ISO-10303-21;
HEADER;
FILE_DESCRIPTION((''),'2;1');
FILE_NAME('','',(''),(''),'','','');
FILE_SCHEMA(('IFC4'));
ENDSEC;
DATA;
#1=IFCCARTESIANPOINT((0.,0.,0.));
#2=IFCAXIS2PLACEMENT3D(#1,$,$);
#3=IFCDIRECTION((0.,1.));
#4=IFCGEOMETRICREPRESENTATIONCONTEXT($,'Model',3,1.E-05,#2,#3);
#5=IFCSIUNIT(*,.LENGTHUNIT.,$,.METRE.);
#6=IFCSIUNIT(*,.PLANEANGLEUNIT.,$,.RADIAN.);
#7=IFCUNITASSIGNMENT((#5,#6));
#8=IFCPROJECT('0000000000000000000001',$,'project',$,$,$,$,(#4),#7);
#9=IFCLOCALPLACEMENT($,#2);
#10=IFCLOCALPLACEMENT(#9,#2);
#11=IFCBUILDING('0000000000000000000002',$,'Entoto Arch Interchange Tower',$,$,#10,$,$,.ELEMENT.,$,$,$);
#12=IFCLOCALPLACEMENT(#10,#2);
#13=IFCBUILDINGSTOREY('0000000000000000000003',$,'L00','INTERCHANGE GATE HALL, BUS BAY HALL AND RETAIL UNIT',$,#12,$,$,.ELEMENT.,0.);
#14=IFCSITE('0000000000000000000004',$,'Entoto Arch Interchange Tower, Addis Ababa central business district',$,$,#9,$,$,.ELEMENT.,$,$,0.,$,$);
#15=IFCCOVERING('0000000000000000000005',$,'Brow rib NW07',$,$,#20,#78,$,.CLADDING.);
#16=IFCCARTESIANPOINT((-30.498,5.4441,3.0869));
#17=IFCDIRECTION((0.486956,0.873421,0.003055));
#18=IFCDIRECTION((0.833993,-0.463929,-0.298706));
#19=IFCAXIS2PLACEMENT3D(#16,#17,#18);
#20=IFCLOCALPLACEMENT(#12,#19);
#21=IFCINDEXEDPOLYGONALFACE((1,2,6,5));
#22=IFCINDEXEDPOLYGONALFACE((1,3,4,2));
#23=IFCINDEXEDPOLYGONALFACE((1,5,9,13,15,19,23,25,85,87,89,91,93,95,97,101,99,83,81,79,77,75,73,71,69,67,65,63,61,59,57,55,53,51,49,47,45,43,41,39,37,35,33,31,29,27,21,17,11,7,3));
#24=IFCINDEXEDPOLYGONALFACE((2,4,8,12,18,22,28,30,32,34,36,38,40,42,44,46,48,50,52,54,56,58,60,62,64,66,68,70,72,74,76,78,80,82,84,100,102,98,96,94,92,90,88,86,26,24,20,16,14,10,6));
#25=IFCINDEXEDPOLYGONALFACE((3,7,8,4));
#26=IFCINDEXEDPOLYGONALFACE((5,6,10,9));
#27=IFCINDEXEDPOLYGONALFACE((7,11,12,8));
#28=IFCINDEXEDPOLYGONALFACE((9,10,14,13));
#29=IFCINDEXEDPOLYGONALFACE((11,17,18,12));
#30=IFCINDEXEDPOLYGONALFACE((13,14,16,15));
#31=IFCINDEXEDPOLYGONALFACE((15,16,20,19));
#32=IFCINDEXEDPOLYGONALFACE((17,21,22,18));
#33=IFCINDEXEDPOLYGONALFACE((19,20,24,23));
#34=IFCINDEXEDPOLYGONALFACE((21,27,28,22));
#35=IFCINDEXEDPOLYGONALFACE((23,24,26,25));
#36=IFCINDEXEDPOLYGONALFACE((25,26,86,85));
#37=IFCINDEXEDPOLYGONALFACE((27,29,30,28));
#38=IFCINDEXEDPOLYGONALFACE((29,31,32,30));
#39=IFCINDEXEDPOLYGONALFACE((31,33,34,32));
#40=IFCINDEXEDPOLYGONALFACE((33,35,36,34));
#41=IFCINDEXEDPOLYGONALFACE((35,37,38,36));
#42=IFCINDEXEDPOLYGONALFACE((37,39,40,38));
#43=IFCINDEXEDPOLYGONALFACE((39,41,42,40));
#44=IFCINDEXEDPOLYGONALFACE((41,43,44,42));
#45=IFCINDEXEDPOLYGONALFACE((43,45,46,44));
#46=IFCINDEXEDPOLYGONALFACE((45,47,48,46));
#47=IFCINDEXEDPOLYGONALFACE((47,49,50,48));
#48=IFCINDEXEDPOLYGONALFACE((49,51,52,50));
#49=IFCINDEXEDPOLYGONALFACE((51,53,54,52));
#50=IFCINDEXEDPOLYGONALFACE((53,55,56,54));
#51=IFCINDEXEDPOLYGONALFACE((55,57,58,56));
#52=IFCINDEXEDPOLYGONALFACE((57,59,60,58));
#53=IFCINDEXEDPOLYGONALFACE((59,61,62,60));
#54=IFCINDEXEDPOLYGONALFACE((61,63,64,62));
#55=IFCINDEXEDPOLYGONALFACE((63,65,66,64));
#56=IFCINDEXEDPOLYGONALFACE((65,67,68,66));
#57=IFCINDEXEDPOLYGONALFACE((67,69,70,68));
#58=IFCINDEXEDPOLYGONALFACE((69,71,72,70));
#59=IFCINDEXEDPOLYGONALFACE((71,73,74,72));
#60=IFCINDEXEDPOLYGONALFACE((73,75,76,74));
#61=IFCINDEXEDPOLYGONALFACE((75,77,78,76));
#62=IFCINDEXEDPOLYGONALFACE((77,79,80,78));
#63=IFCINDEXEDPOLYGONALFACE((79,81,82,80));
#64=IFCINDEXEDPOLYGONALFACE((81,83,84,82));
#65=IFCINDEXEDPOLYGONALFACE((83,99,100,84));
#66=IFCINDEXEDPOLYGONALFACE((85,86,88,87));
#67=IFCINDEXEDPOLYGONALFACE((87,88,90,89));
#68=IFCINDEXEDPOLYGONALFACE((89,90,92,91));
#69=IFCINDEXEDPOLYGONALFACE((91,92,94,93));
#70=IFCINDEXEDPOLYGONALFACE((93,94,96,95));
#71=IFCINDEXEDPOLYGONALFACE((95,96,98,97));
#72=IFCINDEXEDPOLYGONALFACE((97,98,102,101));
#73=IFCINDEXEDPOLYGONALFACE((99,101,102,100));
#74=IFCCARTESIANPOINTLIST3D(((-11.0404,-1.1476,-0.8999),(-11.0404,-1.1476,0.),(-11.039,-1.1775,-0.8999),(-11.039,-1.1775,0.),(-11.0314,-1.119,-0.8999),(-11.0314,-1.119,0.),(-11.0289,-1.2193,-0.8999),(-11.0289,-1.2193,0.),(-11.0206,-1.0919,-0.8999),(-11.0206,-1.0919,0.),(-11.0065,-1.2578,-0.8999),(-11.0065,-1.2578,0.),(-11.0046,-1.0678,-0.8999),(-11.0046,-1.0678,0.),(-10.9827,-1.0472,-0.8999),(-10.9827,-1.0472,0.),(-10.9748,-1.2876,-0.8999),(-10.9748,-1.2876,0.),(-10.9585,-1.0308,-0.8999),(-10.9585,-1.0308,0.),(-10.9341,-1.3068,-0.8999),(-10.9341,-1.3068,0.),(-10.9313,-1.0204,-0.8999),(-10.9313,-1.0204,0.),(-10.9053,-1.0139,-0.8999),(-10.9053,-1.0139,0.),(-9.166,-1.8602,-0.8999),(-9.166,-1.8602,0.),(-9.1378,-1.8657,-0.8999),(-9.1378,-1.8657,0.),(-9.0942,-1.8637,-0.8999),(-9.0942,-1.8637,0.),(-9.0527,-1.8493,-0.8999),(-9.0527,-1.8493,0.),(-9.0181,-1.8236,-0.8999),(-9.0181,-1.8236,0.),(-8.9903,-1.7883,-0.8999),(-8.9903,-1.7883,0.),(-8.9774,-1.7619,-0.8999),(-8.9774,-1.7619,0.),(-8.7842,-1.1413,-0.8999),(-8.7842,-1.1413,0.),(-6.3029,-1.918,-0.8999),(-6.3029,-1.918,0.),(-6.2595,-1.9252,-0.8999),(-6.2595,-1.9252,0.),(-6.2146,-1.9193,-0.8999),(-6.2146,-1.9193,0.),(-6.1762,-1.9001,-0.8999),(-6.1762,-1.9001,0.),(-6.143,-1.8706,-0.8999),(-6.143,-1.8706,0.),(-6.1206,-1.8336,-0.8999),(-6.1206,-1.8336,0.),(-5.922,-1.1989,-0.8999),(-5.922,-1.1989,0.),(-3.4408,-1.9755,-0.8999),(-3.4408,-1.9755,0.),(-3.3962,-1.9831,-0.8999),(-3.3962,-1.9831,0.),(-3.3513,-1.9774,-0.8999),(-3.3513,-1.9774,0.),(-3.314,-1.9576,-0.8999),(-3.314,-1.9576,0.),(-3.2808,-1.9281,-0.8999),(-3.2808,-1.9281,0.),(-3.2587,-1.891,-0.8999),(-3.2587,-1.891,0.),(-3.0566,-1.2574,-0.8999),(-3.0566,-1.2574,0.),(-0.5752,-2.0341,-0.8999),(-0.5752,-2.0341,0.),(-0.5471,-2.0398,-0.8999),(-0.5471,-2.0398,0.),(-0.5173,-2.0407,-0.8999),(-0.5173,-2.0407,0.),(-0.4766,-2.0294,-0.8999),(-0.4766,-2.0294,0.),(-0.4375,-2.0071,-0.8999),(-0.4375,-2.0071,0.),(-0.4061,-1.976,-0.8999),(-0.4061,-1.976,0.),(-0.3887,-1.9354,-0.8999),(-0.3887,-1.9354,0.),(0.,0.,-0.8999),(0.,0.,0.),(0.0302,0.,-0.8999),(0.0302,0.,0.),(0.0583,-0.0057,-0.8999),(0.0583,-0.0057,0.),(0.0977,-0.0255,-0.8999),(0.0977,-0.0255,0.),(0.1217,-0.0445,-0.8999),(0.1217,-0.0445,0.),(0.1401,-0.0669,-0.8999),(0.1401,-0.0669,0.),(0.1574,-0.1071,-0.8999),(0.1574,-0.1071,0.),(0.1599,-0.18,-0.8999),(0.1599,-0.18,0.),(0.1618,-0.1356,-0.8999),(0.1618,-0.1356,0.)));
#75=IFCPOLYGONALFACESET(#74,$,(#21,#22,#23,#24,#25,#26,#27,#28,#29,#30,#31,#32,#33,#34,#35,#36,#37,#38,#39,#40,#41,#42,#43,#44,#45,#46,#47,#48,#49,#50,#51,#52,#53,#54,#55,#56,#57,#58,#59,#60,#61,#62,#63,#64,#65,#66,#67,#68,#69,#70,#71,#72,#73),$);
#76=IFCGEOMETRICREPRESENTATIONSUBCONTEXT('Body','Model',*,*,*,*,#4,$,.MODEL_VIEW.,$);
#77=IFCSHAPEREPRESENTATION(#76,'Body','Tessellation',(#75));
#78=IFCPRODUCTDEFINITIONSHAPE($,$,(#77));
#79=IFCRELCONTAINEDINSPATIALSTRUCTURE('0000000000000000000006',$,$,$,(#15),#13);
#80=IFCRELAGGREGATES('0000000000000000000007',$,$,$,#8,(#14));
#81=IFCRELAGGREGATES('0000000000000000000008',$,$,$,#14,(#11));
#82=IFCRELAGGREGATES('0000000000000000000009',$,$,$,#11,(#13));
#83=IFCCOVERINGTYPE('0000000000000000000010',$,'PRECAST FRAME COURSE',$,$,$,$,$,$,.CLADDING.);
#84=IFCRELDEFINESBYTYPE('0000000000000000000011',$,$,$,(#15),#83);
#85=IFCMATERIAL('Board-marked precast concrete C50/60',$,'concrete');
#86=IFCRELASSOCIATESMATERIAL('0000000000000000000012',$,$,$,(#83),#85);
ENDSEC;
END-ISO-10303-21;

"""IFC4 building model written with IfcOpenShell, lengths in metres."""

from ifc_helpers import new_model, si_unit, direction, frame, origin, place, context, subcontext, project, spatial, polyline, outline, extrude, material, type_object, element, save


model = new_model("IFC4")

# Units and contexts
model_context = context("Model", 3, precision=1e-05, world=origin(), true_north=direction((0.0, 1.0)))
body_context = subcontext(model_context, "Body", "Model", "MODEL_VIEW")
ifc_project = project(units=[si_unit("LENGTHUNIT", "METRE"), si_unit("PLANEANGLEUNIT", "RADIAN")], contexts=[model_context])

# Site, building, storey
site_placement = place(None, origin())
site = spatial("IfcSite", under=ifc_project, at=site_placement, Name="Entoto Arch Interchange Tower, Addis Ababa central business district", CompositionType="ELEMENT", RefElevation=0.0)
building_placement = place(site_placement, origin())
building = spatial("IfcBuilding", under=site, at=building_placement, Name="Entoto Arch Interchange Tower", CompositionType="ELEMENT")
storey_placement = place(building_placement, origin())
storey = spatial("IfcBuildingStorey", under=building, at=storey_placement, Name="L00", Description="INTERCHANGE GATE HALL, BUS BAY HALL AND RETAIL UNIT", CompositionType="ELEMENT", Elevation=0.0)

# Covering
ifc_material_1 = material(Name="Board-marked precast concrete C50/60", Category="concrete")
covering_type_1 = type_object("IfcCoveringType", Name="PRECAST FRAME COURSE", PredefinedType="CLADDING", material=ifc_material_1)
covering_1_placement = place(storey_placement, frame((-30.498, 5.4441, 3.0869), z_axis=(0.486956, 0.873421, 0.003055), x_axis=(0.833993, -0.463929, -0.298706)))
element("IfcCovering", 1, at=covering_1_placement, inside=storey, type_object=covering_type_1, Name="Brow rib NW07", PredefinedType="CLADDING", context=body_context, shape_type="SweptSolid", body=[
    extrude(outline(polyline([(0.0, 0.0), (0.0302, 0.0), (0.0583, -0.0057), (0.0977, -0.0255), (0.1217, -0.0445), (0.1401, -0.0669), (0.1574, -0.1071), (0.1618, -0.1356), (0.1599, -0.18), (-0.3887, -1.9354), (-0.4061, -1.976), (-0.4375, -2.0071), (-0.4766, -2.0294), (-0.5173, -2.0407), (-0.5471, -2.0398), (-0.5752, -2.0341), (-3.0566, -1.2574), (-3.2587, -1.891), (-3.2808, -1.9281), (-3.314, -1.9576), (-3.3513, -1.9774), (-3.3962, -1.9831), (-3.4408, -1.9755), (-5.922, -1.1989), (-6.1206, -1.8336), (-6.143, -1.8706), (-6.1762, -1.9001), (-6.2146, -1.9193), (-6.2595, -1.9252), (-6.3029, -1.918), (-8.7842, -1.1413), (-8.9774, -1.7619), (-8.9903, -1.7883), (-9.0181, -1.8236), (-9.0527, -1.8493), (-9.0942, -1.8637), (-9.1378, -1.8657), (-9.166, -1.8602), (-10.9341, -1.3068), (-10.9748, -1.2876), (-11.0065, -1.2578), (-11.0289, -1.2193), (-11.039, -1.1775), (-11.0404, -1.1476), (-11.0314, -1.119), (-11.0206, -1.0919), (-11.0046, -1.0678), (-10.9827, -1.0472), (-10.9585, -1.0308), (-10.9313, -1.0204), (-10.9053, -1.0139), (0.0, 0.0)])), origin(), (0.0, 0.0, -1.0), 0.8999),
])

save(model, "model.ifc")
